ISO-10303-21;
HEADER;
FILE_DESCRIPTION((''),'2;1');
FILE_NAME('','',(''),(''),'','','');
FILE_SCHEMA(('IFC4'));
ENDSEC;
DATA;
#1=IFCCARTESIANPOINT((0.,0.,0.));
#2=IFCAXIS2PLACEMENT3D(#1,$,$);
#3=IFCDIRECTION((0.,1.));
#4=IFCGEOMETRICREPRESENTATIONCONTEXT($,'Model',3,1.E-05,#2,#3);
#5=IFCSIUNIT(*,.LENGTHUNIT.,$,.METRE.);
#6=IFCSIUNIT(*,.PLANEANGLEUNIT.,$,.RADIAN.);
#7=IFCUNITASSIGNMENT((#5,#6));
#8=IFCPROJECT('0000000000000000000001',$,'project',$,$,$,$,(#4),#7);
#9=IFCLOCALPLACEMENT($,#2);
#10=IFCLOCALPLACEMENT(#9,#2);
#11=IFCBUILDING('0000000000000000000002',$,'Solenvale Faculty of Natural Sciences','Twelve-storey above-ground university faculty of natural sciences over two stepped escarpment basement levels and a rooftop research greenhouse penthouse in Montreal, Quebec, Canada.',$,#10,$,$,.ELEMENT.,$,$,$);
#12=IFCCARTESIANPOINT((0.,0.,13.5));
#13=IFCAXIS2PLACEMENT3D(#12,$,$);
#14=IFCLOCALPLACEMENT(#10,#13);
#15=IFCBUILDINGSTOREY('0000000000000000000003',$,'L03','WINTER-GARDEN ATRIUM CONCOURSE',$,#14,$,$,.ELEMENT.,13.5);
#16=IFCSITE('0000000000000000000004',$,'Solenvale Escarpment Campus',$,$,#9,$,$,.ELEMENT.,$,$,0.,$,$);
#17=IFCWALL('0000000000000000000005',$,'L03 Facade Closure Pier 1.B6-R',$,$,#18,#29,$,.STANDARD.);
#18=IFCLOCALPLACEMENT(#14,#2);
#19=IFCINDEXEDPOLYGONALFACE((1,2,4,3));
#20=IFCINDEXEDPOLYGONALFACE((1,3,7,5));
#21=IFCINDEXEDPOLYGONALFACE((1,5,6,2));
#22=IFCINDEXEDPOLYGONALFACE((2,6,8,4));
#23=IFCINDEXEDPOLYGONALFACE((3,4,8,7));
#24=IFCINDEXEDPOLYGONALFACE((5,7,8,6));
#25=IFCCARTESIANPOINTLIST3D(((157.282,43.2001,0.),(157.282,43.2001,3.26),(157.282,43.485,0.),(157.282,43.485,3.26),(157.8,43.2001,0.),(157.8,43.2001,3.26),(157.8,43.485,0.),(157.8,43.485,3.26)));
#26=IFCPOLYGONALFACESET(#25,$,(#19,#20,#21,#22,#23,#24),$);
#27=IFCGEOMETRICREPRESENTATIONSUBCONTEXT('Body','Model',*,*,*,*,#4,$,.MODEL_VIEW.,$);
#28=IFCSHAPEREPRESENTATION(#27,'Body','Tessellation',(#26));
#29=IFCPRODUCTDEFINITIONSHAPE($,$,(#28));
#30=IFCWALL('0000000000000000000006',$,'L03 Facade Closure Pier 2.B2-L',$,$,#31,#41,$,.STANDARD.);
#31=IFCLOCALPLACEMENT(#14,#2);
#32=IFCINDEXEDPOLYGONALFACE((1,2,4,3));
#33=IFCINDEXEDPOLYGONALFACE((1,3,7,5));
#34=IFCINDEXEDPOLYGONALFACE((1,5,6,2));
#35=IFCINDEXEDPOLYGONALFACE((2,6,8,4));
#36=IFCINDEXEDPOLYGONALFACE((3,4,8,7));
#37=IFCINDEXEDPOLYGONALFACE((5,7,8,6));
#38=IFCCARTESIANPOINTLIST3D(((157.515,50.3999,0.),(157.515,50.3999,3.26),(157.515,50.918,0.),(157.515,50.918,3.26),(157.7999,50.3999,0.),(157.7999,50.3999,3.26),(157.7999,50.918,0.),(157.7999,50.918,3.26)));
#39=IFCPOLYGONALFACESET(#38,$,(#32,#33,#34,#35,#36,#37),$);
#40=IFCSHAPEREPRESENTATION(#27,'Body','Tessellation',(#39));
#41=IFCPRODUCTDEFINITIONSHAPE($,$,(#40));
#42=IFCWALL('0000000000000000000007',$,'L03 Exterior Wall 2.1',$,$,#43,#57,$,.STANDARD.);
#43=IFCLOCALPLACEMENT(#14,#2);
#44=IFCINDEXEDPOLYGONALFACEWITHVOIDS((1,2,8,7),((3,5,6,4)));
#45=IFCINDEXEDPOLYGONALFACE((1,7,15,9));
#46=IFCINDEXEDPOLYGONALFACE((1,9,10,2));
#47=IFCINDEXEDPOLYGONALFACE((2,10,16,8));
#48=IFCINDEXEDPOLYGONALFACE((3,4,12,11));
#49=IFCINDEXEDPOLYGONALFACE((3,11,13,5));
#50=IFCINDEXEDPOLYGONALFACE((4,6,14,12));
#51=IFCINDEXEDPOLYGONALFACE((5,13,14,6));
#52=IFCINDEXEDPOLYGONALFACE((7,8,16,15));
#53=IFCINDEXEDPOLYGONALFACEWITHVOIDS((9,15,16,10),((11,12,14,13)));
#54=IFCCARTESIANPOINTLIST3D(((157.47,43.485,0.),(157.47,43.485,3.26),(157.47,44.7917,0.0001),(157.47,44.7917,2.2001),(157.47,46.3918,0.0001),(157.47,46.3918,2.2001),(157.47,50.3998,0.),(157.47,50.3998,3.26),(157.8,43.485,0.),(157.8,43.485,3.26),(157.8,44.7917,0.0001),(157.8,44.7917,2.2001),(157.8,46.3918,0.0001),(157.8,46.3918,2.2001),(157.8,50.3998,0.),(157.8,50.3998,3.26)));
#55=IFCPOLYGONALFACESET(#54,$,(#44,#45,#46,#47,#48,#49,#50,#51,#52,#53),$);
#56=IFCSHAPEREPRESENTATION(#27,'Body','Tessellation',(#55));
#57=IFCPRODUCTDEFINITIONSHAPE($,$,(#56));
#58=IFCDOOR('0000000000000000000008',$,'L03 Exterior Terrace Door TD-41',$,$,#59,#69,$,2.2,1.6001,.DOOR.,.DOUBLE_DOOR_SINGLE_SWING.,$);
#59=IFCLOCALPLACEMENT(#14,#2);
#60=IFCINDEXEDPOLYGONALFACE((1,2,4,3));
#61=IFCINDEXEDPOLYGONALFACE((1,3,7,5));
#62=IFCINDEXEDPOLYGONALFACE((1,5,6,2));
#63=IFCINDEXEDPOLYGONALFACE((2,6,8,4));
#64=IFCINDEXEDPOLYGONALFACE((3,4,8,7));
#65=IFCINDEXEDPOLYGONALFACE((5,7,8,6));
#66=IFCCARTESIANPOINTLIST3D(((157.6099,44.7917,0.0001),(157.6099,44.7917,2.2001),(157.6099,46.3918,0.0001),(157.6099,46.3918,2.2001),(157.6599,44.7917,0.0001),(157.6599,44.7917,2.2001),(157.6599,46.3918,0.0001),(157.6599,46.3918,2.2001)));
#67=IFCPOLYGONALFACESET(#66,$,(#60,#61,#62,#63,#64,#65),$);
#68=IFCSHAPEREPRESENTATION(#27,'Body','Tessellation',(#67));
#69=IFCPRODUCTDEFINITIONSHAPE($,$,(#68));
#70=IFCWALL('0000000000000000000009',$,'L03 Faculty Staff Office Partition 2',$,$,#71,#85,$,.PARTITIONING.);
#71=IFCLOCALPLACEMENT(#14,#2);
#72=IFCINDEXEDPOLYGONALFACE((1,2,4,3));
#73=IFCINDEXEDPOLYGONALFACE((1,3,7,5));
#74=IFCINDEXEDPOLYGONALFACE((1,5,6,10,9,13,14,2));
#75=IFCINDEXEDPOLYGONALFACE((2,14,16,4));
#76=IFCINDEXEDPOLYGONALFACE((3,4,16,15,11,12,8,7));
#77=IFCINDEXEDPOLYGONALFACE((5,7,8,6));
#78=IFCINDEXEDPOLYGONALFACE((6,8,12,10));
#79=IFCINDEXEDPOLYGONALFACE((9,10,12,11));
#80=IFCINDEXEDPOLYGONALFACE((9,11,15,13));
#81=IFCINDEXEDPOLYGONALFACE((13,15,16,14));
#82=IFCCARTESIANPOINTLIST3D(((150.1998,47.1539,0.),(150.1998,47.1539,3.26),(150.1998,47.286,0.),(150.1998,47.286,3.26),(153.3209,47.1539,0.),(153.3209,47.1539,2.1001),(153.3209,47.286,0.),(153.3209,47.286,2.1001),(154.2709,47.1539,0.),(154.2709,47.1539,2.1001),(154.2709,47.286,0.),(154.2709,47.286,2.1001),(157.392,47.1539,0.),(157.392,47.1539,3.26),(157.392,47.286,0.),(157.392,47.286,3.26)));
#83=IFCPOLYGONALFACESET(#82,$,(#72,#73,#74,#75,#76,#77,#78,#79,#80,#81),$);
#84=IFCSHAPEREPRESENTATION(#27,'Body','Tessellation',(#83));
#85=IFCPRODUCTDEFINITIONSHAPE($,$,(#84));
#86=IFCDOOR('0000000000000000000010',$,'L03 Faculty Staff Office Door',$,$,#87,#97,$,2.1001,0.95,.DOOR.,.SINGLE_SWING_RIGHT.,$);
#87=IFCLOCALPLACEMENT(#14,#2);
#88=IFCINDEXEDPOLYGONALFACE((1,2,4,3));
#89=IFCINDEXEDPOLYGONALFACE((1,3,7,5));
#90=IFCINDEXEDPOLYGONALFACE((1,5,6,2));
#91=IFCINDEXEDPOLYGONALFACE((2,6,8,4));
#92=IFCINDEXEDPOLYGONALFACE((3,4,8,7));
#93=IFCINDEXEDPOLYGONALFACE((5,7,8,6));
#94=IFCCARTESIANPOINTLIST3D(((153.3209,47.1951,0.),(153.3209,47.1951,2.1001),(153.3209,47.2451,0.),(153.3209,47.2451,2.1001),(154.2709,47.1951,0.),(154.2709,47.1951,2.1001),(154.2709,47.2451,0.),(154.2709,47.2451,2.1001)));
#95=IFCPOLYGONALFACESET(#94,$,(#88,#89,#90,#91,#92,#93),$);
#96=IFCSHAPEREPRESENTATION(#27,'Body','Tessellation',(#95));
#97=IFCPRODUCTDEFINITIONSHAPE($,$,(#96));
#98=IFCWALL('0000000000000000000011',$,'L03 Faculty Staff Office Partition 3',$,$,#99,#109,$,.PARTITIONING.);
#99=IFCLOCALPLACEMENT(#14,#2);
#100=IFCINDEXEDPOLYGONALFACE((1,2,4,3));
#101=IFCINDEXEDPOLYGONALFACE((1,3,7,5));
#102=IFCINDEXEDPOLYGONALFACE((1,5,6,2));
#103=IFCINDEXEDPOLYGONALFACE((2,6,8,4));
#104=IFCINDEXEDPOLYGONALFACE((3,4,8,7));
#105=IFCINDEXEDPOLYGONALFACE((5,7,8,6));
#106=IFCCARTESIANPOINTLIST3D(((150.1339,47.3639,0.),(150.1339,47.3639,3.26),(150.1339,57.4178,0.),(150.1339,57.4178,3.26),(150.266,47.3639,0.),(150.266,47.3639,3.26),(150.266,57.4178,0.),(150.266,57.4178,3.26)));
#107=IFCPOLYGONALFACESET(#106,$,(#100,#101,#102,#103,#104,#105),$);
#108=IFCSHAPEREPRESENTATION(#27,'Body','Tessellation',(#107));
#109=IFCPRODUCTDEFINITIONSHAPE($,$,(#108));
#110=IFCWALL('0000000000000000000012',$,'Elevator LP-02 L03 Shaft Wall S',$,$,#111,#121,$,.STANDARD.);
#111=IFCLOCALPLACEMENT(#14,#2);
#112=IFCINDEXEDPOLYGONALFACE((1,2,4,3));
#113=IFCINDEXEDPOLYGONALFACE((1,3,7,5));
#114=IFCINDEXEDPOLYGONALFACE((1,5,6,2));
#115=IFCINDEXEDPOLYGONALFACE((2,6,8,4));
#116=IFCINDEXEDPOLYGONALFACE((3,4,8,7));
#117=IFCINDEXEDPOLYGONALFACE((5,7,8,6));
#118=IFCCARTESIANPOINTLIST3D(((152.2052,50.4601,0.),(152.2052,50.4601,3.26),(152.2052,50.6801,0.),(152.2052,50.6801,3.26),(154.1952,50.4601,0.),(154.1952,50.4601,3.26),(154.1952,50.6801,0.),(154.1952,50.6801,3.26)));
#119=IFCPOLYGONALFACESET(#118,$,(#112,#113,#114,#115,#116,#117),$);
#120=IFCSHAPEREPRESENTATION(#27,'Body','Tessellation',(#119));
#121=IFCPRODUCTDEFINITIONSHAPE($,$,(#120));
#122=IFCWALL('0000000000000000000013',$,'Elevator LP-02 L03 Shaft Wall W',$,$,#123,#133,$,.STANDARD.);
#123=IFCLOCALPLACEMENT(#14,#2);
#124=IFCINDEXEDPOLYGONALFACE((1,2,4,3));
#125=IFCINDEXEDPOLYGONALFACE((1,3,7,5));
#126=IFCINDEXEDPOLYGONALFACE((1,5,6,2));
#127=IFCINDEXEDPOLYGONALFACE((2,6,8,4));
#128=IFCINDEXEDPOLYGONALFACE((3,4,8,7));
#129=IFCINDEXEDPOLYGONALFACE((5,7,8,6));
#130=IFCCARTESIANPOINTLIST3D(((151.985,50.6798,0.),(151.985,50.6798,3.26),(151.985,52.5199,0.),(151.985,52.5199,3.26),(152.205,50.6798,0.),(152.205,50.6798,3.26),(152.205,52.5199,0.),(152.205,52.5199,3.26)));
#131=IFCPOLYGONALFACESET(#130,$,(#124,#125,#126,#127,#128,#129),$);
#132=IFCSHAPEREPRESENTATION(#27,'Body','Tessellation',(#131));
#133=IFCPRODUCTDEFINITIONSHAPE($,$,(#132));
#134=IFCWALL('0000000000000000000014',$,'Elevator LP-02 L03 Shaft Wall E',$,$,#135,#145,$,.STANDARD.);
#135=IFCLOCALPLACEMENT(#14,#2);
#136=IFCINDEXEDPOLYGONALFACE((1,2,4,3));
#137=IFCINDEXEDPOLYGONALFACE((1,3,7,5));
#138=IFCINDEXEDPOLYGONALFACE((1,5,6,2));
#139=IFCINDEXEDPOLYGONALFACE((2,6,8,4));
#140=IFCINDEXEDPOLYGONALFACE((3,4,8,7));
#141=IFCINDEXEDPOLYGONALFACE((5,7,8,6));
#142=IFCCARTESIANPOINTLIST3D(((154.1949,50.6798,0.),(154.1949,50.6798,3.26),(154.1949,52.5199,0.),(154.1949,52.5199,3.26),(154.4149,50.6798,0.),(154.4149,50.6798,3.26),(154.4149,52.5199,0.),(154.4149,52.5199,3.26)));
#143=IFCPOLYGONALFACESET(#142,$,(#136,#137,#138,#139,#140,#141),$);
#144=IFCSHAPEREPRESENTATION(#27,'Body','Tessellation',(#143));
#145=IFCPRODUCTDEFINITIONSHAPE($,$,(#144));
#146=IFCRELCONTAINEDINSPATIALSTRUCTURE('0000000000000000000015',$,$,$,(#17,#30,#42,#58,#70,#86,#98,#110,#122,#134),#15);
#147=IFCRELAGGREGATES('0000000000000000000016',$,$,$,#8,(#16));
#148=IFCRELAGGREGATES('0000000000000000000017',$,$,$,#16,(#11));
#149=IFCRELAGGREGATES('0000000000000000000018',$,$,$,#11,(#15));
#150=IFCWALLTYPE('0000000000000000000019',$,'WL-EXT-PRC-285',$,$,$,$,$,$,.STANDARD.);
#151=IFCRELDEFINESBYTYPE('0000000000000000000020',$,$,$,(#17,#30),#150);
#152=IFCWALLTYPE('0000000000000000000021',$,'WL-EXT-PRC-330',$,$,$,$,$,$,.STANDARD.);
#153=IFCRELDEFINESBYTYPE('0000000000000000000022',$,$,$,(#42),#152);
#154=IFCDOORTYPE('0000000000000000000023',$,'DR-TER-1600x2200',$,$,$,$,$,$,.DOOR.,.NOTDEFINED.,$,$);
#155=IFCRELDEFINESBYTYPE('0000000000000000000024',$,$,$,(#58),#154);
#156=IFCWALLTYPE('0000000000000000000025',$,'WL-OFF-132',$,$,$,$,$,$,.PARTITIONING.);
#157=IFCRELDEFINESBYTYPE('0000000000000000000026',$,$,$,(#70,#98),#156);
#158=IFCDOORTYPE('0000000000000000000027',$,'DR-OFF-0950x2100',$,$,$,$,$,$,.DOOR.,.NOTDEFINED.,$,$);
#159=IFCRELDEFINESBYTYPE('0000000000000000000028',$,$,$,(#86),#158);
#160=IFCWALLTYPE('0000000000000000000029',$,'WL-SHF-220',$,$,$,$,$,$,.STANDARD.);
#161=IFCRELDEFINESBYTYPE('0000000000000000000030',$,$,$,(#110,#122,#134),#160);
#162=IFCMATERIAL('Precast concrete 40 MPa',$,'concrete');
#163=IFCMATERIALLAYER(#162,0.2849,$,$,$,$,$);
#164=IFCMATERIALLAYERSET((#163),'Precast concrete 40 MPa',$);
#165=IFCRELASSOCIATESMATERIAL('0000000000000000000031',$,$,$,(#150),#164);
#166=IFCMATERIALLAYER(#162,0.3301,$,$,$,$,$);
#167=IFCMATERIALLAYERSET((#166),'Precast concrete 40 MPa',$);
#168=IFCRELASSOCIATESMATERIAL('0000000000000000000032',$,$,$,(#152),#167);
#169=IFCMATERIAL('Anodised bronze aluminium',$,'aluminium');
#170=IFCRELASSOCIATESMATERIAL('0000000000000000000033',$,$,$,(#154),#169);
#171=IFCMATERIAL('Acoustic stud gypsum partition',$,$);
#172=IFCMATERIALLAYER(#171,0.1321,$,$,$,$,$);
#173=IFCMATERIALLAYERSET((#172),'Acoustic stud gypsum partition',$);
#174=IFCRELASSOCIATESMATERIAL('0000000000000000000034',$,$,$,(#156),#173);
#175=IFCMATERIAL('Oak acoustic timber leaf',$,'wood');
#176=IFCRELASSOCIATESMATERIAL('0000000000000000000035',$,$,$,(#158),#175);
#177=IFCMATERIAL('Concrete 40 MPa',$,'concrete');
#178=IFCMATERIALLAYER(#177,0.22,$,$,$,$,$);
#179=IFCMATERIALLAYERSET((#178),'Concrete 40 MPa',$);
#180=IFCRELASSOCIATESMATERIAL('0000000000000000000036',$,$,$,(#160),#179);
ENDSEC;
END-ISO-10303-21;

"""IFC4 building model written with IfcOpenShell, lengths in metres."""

from ifc_helpers import new_model, si_unit, direction, frame, frame_2d, origin, place, context, subcontext, project, spatial, rectangle, extrude, material, layer, layer_set, type_object, element, fill, save


model = new_model("IFC4")

# Units and contexts
model_context = context("Model", 3, precision=1e-05, world=origin(), true_north=direction((0.0, 1.0)))
body_context = subcontext(model_context, "Body", "Model", "MODEL_VIEW")
ifc_project = project(units=[si_unit("LENGTHUNIT", "METRE"), si_unit("PLANEANGLEUNIT", "RADIAN")], contexts=[model_context])

# Site, building, storey
site_placement = place(None, origin())
site = spatial("IfcSite", under=ifc_project, at=site_placement, Name="Solenvale Escarpment Campus", CompositionType="ELEMENT", RefElevation=0.0)
building_placement = place(site_placement, origin())
building = spatial("IfcBuilding", under=site, at=building_placement, Name="Solenvale Faculty of Natural Sciences", Description="Twelve-storey above-ground university faculty of natural sciences over two stepped escarpment basement levels and a rooftop research greenhouse penthouse in Montreal, Quebec, Canada.", CompositionType="ELEMENT")
storey_placement = place(building_placement, frame((0.0, 0.0, 13.5)))
storey = spatial("IfcBuildingStorey", under=building, at=storey_placement, Name="L03", Description="WINTER-GARDEN ATRIUM CONCOURSE", CompositionType="ELEMENT", Elevation=13.5)

# Shared definitions
ifc_material_1 = material(Name="Concrete 40 MPa", Category="concrete")

# Shared definitions
ifc_material_2 = material(Name="Anodised bronze aluminium", Category="aluminium")

# Walls
ifc_material_3 = material(Name="Precast concrete 40 MPa", Category="concrete")
ifc_layer_1 = layer(ifc_material_3, 0.2849)
ifc_layer_set_1 = layer_set([ifc_layer_1], Name="Precast concrete 40 MPa")
wall_type_1 = type_object("IfcWallType", Name="WL-EXT-PRC-285", PredefinedType="STANDARD", material=ifc_layer_set_1)
for number, where, z_axis, x_axis, name in (
    (1, (157.282, 43.3425, 0.0), (0.0, 0.0, 1.0), (1.0, 0.0, 0.0), "L03 Facade Closure Pier 1.B6-R"),
    (2, (157.6575, 50.3999, 0.0), (0.0, 0.0, 1.0), (0.0, 1.0, 0.0), "L03 Facade Closure Pier 2.B2-L"),
):
    element("IfcWall", number, at=place(storey_placement, frame(where, z_axis=z_axis, x_axis=x_axis)), inside=storey, type_object=wall_type_1, Name=name, PredefinedType="STANDARD", context=body_context, shape_type="SweptSolid", body=[
        extrude(rectangle(XDim=0.5181, YDim=0.2849, at=frame_2d((0.259, 0.0))), origin(), (0.0, 0.0, 1.0), 3.26),
    ])

# Walls, openings, doors
ifc_layer_2 = layer(ifc_material_3, 0.3301)
ifc_layer_set_2 = layer_set([ifc_layer_2], Name="Precast concrete 40 MPa")
wall_type_2 = type_object("IfcWallType", Name="WL-EXT-PRC-330", PredefinedType="STANDARD", material=ifc_layer_set_2)
wall_1_placement = place(storey_placement, frame((157.635, 50.3999, 0.0), z_axis=(0.0, 0.0, 1.0), x_axis=(0.0, -1.0, 0.0)))
wall_1 = element("IfcWall", 3, at=wall_1_placement, inside=storey, type_object=wall_type_2, Name="L03 Exterior Wall 2.1", PredefinedType="STANDARD", context=body_context, shape_type="SweptSolid", body=[
    extrude(rectangle(XDim=6.9148, YDim=0.3301, at=frame_2d((3.4575, 0.0))), origin(), (0.0, 0.0, 1.0), 3.26),
])
opening_1_placement = place(wall_1_placement, frame((4.0081, 0.0, 0.0)))
opening_1 = element("IfcOpeningElement", 4, at=opening_1_placement, cuts=wall_1, PredefinedType="OPENING", context=body_context, shape_type="SweptSolid", body=[
    extrude(rectangle(XDim=1.6001, YDim=2.2, at=frame_2d((0.8, 1.1001))), frame((0.0, 0.175, 0.0), z_axis=(0.0, -1.0, 0.0), x_axis=(1.0, 0.0, 0.0)), (0.0, 0.0, 1.0), 0.3501),
])
door_type_1 = type_object("IfcDoorType", Name="DR-TER-1600x2200", OperationType="NOTDEFINED", PredefinedType="DOOR", material=ifc_material_2)
door_1_placement = place(opening_1_placement, origin())
door_1 = element("IfcDoor", 5, at=door_1_placement, inside=storey, type_object=door_type_1, Name="L03 Exterior Terrace Door TD-41", OperationType="DOUBLE_DOOR_SINGLE_SWING", OverallHeight=2.2, OverallWidth=1.6001, PredefinedType="DOOR", context=body_context, shape_type="SweptSolid", body=[
    extrude(rectangle(XDim=1.6001, YDim=2.2, at=frame_2d((0.8, 1.1001))), frame((0.0, 0.0249, 0.0), z_axis=(0.0, -1.0, 0.0), x_axis=(1.0, 0.0, 0.0)), (0.0, 0.0, 1.0), 0.05),
])
fill(opening_1, door_1)
ifc_material_4 = material(Name="Acoustic stud gypsum partition")
ifc_layer_3 = layer(ifc_material_4, 0.1321)
ifc_layer_set_3 = layer_set([ifc_layer_3], Name="Acoustic stud gypsum partition")
wall_type_3 = type_object("IfcWallType", Name="WL-OFF-132", PredefinedType="PARTITIONING", material=ifc_layer_set_3)
wall_2_placement = place(storey_placement, frame((157.3921, 47.22, 0.0), z_axis=(0.0, 0.0, 1.0), x_axis=(-1.0, 0.0, 0.0)))
wall_2 = element("IfcWall", 6, at=wall_2_placement, inside=storey, type_object=wall_type_3, Name="L03 Faculty Staff Office Partition 2", PredefinedType="PARTITIONING", context=body_context, shape_type="SweptSolid", body=[
    extrude(rectangle(XDim=7.1921, YDim=0.1321, at=frame_2d((3.5962, 0.0))), origin(), (0.0, 0.0, 1.0), 3.26),
])
opening_2_placement = place(wall_2_placement, frame((3.1211, 0.0, 0.0)))
opening_2 = element("IfcOpeningElement", 7, at=opening_2_placement, cuts=wall_2, PredefinedType="OPENING", context=body_context, shape_type="SweptSolid", body=[
    extrude(rectangle(XDim=0.95, YDim=2.1001, at=frame_2d((0.4751, 1.05))), frame((0.0, 0.0759, 0.0), z_axis=(0.0, -1.0, 0.0), x_axis=(1.0, 0.0, 0.0)), (0.0, 0.0, 1.0), 0.1521),
])
ifc_material_5 = material(Name="Oak acoustic timber leaf", Category="wood")
door_type_2 = type_object("IfcDoorType", Name="DR-OFF-0950x2100", OperationType="NOTDEFINED", PredefinedType="DOOR", material=ifc_material_5)
door_2_placement = place(opening_2_placement, origin())
door_2 = element("IfcDoor", 8, at=door_2_placement, inside=storey, type_object=door_type_2, Name="L03 Faculty Staff Office Door", OperationType="SINGLE_SWING_RIGHT", OverallHeight=2.1001, OverallWidth=0.95, PredefinedType="DOOR", context=body_context, shape_type="SweptSolid", body=[
    extrude(rectangle(XDim=0.95, YDim=2.1001, at=frame_2d((0.4751, 1.05))), frame((0.0, 0.0249, 0.0), z_axis=(0.0, -1.0, 0.0), x_axis=(1.0, 0.0, 0.0)), (0.0, 0.0, 1.0), 0.05),
])
fill(opening_2, door_2)

# Walls
wall_3_placement = place(storey_placement, frame((150.2, 47.364, 0.0), z_axis=(0.0, 0.0, 1.0), x_axis=(0.0, 1.0, 0.0)))
element("IfcWall", 9, at=wall_3_placement, inside=storey, type_object=wall_type_3, Name="L03 Faculty Staff Office Partition 3", PredefinedType="PARTITIONING", context=body_context, shape_type="SweptSolid", body=[
    extrude(rectangle(XDim=10.054, YDim=0.1321, at=frame_2d((5.0269, 0.0))), origin(), (0.0, 0.0, 1.0), 3.26),
])
ifc_layer_4 = layer(ifc_material_1, 0.22)
ifc_layer_set_4 = layer_set([ifc_layer_4], Name="Concrete 40 MPa")
wall_type_4 = type_object("IfcWallType", Name="WL-SHF-220", PredefinedType="STANDARD", material=ifc_layer_set_4)
wall_4_placement = place(storey_placement, frame((152.2051, 50.5701, 0.0), z_axis=(0.0, 0.0, 1.0), x_axis=(1.0, 0.0, 0.0)))
element("IfcWall", 10, at=wall_4_placement, inside=storey, type_object=wall_type_4, Name="Elevator LP-02 L03 Shaft Wall S", PredefinedType="STANDARD", context=body_context, shape_type="SweptSolid", body=[
    extrude(rectangle(XDim=1.99, YDim=0.22, at=frame_2d((0.9951, 0.0))), origin(), (0.0, 0.0, 1.0), 3.26),
])
for number, where, z_axis, x_axis, name in (
    (11, (152.095, 50.6799, 0.0), (0.0, 0.0, 1.0), (0.0, 1.0, 0.0), "Elevator LP-02 L03 Shaft Wall W"),
    (12, (154.3049, 50.6799, 0.0), (0.0, 0.0, 1.0), (0.0, 1.0, 0.0), "Elevator LP-02 L03 Shaft Wall E"),
):
    element("IfcWall", number, at=place(storey_placement, frame(where, z_axis=z_axis, x_axis=x_axis)), inside=storey, type_object=wall_type_4, Name=name, PredefinedType="STANDARD", context=body_context, shape_type="SweptSolid", body=[
        extrude(rectangle(XDim=1.8401, YDim=0.22, at=frame_2d((0.9199, 0.0))), origin(), (0.0, 0.0, 1.0), 3.26),
    ])

save(model, "model.ifc")
